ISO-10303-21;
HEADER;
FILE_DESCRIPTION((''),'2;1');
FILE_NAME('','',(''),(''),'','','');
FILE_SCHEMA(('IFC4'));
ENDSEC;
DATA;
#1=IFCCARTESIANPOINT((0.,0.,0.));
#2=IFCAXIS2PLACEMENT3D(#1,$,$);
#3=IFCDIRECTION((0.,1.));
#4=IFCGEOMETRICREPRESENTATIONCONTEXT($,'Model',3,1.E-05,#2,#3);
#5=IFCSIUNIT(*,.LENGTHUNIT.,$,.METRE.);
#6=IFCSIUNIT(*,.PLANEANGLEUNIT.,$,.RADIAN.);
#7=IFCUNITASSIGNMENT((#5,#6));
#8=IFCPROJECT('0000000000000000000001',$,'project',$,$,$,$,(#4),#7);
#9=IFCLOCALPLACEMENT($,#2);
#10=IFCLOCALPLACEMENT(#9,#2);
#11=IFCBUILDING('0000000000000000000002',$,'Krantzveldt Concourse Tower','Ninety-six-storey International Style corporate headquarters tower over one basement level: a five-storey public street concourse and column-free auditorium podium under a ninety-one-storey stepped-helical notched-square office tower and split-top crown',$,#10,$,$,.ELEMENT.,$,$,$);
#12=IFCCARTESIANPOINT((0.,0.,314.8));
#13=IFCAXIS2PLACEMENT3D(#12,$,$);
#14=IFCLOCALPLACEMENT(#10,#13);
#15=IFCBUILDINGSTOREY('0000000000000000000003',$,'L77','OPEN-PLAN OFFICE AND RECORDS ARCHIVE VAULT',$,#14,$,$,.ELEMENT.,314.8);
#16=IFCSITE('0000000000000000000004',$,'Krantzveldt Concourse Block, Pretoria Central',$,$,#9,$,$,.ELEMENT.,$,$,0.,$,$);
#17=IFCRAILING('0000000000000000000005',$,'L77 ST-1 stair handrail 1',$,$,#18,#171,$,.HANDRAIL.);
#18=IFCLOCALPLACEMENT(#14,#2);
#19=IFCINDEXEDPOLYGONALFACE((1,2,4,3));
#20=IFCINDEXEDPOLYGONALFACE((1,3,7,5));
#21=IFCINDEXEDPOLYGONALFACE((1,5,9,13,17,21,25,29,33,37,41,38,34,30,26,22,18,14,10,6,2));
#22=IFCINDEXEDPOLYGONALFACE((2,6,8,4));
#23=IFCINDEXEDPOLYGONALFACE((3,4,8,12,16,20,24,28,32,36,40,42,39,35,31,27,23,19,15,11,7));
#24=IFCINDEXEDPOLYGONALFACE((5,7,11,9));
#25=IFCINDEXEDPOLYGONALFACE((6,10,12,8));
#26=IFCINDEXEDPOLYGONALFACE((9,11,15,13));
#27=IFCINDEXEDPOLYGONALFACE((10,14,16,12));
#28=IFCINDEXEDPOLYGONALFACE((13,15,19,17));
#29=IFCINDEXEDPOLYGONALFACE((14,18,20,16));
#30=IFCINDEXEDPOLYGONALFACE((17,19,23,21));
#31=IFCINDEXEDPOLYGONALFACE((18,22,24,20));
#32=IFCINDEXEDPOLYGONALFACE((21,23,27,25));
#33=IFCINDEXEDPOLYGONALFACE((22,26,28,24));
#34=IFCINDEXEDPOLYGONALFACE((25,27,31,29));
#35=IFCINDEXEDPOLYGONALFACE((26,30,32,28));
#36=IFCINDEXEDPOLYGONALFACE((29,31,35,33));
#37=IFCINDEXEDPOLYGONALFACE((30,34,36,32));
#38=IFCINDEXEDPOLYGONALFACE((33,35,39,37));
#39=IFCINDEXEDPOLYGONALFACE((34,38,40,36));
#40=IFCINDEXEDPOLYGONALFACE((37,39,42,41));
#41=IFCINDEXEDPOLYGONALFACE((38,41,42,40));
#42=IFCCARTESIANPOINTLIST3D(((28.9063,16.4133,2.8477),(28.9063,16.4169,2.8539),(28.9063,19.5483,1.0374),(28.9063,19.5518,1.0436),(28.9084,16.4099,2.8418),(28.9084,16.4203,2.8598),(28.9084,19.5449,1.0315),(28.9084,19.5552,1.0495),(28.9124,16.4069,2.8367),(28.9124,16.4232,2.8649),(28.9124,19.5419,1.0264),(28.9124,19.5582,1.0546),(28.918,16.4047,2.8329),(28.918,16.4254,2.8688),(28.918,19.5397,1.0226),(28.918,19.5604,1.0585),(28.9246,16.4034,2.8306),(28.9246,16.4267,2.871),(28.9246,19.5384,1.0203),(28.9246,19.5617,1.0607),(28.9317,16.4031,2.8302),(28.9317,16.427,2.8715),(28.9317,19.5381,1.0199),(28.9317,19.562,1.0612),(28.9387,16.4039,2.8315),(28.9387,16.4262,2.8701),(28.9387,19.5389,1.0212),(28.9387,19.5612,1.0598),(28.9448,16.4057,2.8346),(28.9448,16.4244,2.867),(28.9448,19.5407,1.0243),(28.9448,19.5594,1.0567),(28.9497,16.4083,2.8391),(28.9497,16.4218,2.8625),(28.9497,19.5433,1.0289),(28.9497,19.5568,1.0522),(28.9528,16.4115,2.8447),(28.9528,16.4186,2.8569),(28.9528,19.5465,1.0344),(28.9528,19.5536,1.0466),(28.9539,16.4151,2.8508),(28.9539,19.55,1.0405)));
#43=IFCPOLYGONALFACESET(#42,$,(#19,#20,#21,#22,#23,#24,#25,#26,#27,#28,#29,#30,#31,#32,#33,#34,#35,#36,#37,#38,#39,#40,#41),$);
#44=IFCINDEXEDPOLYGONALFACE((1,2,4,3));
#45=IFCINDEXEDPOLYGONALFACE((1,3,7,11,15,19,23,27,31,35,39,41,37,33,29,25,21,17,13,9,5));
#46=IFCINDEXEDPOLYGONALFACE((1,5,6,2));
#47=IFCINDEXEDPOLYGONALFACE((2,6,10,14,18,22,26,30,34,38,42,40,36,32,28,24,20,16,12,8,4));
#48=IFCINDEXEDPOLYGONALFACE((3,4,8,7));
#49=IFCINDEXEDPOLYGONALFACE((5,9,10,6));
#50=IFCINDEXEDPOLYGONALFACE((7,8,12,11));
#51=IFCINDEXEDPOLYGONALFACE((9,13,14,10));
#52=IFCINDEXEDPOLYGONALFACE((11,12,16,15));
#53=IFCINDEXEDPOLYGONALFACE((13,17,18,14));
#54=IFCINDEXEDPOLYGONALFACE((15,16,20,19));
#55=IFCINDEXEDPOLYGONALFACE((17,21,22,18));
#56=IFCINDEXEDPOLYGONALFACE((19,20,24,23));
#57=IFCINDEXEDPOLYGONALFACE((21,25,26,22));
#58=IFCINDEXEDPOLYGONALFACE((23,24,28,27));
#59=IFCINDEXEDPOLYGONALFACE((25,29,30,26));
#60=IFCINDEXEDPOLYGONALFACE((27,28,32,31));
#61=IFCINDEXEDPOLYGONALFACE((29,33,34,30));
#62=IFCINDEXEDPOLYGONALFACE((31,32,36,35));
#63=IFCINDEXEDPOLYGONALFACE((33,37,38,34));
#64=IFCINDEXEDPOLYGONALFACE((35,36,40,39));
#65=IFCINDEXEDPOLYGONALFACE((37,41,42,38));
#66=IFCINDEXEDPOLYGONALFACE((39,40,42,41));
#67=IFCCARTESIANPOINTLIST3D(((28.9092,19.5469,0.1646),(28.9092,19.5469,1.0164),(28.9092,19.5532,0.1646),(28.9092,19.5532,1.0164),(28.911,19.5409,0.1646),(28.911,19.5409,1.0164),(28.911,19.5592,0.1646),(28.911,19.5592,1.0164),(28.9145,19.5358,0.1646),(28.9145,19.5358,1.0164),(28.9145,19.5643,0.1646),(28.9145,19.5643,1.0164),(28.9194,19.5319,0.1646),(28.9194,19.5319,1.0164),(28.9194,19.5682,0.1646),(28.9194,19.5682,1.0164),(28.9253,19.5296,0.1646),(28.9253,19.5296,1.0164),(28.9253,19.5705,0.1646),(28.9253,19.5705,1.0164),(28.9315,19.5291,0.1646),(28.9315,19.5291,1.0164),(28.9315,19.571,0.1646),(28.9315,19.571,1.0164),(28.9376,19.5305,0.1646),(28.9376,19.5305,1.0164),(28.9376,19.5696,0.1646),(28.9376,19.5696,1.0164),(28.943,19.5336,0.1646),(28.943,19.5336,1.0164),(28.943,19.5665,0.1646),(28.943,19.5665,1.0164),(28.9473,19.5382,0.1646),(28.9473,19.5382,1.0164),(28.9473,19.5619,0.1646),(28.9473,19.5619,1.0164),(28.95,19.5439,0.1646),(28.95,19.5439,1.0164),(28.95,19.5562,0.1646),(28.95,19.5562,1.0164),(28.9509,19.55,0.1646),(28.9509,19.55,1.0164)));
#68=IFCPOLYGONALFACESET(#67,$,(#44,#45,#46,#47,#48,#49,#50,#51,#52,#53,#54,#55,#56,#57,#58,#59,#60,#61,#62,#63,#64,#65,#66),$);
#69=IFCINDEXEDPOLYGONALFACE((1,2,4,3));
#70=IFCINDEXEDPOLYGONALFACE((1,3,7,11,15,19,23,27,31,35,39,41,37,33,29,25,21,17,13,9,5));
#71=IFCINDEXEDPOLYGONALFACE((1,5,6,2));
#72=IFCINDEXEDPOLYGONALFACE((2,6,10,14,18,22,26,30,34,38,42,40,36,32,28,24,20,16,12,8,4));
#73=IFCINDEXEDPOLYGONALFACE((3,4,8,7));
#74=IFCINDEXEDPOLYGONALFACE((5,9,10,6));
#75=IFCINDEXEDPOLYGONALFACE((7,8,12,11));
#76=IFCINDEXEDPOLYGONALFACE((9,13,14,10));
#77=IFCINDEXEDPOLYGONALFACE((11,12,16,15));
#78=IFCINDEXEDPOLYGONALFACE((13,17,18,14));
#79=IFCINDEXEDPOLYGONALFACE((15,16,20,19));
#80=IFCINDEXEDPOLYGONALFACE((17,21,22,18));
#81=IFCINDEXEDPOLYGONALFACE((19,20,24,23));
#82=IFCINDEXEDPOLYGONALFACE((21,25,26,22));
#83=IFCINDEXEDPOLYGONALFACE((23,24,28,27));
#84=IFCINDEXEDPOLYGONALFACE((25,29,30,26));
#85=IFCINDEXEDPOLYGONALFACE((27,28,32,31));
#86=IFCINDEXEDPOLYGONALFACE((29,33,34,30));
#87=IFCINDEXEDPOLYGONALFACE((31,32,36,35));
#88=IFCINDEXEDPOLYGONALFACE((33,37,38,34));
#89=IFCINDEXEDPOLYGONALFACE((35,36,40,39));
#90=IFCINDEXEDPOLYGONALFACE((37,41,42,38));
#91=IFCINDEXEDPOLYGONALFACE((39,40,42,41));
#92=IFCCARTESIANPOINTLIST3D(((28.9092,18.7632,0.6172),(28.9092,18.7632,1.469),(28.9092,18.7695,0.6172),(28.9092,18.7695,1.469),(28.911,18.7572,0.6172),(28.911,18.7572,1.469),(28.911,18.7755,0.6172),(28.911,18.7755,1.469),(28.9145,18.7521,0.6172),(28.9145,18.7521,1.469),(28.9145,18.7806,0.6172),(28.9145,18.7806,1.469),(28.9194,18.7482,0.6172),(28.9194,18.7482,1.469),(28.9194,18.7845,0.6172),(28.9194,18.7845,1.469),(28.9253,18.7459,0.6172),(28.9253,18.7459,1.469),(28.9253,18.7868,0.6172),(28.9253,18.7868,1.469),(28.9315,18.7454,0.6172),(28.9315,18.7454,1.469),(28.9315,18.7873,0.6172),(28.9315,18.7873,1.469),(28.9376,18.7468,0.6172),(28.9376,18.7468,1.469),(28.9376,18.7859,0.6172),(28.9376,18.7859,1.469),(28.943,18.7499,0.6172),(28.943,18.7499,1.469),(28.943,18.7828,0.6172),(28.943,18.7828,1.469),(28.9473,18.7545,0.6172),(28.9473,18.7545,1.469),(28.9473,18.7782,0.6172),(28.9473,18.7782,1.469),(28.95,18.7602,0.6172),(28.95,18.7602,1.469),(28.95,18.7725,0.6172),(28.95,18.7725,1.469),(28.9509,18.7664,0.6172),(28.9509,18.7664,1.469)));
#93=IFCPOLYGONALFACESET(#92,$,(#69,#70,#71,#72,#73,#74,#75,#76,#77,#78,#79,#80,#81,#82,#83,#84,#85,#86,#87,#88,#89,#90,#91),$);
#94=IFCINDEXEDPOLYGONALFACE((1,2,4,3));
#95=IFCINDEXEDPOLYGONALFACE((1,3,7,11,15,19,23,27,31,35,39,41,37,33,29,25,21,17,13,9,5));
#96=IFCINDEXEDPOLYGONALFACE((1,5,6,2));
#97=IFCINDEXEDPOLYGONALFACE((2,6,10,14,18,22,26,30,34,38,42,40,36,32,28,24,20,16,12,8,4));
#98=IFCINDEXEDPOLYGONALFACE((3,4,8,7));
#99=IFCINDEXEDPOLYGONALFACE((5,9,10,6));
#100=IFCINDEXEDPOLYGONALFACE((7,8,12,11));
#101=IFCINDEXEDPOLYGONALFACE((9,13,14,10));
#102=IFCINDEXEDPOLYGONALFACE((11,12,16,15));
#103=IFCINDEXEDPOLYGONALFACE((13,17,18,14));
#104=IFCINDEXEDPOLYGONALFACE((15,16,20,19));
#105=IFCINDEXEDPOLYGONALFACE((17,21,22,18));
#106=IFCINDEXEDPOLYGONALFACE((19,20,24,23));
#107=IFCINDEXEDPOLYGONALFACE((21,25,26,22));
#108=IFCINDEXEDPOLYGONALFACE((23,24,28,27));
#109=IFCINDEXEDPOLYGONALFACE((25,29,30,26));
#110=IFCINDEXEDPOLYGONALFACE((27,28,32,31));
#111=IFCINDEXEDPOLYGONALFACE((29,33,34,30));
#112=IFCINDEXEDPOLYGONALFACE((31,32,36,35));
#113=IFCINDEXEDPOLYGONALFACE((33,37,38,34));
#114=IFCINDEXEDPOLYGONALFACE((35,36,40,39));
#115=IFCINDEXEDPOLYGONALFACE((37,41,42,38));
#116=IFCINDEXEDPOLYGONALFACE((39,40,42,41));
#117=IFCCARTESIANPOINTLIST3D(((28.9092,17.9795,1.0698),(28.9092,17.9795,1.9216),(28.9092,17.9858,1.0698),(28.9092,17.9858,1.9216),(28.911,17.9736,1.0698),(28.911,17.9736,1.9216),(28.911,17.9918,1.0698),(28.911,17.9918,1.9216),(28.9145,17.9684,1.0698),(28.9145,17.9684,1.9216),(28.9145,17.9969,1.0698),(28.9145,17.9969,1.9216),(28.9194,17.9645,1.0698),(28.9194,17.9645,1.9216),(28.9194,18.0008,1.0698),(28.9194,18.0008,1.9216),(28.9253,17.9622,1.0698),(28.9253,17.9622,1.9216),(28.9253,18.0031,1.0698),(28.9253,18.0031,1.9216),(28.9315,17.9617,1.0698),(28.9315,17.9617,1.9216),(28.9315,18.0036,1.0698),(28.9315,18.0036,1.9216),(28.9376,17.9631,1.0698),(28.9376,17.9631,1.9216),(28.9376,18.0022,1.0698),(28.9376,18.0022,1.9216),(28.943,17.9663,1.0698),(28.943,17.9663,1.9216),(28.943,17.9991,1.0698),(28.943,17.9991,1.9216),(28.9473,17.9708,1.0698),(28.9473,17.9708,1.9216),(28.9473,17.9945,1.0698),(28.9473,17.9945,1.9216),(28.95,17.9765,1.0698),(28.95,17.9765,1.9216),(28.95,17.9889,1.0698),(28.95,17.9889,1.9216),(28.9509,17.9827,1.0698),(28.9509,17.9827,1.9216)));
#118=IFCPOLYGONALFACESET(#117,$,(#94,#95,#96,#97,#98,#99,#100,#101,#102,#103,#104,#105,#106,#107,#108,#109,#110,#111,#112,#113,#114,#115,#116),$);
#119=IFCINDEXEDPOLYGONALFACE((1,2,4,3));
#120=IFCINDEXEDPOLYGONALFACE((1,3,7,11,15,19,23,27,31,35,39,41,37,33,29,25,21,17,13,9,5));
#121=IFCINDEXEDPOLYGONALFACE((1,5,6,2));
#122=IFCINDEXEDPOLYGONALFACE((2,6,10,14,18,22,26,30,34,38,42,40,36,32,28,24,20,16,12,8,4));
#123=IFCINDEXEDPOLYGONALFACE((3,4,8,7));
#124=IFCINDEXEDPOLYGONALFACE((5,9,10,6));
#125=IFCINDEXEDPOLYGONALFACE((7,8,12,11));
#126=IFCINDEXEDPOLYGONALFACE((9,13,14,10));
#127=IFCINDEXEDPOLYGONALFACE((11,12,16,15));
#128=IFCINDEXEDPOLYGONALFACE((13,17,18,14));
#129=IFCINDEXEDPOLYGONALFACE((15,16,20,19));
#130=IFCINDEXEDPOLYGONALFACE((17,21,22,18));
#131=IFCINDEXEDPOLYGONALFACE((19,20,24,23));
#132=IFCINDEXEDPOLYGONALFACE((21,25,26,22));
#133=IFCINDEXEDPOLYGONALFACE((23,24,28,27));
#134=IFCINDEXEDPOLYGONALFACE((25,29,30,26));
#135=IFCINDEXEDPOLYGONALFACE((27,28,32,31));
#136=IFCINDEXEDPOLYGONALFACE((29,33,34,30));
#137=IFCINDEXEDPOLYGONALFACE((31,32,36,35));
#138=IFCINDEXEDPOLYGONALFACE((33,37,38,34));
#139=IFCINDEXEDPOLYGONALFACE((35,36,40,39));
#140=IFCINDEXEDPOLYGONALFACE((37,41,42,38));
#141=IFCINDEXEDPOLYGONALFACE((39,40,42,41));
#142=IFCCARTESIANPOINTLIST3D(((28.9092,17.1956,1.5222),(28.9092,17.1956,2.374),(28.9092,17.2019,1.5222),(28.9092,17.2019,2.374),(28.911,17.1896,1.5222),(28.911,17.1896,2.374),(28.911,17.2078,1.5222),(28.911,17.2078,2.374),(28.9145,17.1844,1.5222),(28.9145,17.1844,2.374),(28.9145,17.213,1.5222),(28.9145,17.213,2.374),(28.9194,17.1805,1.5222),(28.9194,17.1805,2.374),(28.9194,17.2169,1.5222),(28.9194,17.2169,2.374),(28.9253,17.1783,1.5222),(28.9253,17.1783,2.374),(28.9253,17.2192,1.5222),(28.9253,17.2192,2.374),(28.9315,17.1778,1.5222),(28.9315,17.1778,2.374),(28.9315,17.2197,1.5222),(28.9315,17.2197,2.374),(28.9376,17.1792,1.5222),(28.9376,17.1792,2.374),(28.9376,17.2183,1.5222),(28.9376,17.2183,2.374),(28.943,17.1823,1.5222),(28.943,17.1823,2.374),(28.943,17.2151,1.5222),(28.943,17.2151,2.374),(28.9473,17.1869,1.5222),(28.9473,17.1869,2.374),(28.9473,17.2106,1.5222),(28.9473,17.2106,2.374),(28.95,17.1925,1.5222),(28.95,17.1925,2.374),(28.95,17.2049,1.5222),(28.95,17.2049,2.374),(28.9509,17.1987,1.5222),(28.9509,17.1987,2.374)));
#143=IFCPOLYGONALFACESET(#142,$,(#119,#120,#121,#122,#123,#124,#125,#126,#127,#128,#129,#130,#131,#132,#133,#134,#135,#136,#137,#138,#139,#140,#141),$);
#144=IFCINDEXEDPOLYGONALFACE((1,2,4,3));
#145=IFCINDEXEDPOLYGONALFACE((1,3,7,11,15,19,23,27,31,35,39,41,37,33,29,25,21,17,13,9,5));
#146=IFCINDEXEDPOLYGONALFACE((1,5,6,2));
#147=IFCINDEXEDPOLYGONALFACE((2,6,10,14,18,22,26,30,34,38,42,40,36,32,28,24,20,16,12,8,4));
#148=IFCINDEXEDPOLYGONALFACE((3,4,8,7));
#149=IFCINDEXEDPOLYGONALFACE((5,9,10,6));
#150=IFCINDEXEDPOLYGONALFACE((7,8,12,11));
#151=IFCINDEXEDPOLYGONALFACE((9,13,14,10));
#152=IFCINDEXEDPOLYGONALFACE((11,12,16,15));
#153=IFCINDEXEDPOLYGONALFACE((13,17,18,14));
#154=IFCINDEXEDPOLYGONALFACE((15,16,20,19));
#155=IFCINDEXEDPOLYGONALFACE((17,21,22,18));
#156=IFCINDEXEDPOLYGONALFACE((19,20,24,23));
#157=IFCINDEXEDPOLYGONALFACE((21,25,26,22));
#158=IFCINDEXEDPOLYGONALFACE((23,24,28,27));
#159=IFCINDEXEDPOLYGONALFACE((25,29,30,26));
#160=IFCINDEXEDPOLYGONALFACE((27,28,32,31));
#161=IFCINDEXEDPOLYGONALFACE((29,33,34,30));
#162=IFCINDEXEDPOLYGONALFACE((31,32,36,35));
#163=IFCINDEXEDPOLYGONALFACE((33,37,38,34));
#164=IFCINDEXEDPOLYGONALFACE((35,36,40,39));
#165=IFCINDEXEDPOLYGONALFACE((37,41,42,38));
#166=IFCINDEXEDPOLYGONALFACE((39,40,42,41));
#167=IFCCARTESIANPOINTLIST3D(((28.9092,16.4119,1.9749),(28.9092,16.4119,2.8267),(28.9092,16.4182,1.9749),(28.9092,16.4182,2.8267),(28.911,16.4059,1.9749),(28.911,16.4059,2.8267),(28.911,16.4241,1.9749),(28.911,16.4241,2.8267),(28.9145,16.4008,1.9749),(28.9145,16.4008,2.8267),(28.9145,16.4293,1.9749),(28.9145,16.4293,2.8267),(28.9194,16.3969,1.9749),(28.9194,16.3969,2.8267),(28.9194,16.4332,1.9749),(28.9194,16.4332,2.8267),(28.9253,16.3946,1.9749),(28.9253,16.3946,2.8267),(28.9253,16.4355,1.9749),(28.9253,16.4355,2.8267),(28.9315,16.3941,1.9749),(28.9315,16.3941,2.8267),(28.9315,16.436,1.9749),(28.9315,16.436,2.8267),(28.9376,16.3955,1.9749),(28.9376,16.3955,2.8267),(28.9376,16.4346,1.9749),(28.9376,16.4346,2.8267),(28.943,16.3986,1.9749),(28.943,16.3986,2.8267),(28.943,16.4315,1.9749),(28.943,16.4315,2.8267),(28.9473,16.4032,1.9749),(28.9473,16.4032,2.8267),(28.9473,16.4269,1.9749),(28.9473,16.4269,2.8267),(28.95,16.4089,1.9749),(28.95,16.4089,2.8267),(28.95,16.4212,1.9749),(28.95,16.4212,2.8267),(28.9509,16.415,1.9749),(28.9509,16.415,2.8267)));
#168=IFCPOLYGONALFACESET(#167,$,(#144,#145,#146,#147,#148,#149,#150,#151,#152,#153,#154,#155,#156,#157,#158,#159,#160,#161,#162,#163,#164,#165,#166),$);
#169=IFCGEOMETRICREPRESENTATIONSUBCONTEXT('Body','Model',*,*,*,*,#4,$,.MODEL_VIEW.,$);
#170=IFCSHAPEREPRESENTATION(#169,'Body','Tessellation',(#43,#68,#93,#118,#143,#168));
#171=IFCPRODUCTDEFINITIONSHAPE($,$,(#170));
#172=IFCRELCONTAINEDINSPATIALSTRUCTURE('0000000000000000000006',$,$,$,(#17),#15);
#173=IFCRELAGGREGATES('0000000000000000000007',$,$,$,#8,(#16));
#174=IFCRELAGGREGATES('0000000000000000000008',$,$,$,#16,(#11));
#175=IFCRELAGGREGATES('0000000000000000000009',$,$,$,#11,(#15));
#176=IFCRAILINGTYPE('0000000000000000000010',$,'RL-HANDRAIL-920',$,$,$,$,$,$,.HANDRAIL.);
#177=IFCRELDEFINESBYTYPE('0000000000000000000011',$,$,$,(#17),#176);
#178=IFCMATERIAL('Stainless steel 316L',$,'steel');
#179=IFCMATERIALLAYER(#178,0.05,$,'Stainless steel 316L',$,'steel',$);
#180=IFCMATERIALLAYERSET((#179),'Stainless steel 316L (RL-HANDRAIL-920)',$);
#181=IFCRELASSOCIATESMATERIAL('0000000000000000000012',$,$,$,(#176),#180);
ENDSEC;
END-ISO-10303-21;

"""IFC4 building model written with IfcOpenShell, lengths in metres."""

from ifc_helpers import new_model, si_unit, direction, frame, origin, origin_2d, place, context, subcontext, project, spatial, circle, extrude, material, layer, layer_set, type_object, element, save


model = new_model("IFC4")

# Units and contexts
model_context = context("Model", 3, precision=1e-05, world=origin(), true_north=direction((0.0, 1.0)))
body_context = subcontext(model_context, "Body", "Model", "MODEL_VIEW")
ifc_project = project(units=[si_unit("LENGTHUNIT", "METRE"), si_unit("PLANEANGLEUNIT", "RADIAN")], contexts=[model_context])

# Site, building, storey
site_placement = place(None, origin())
site = spatial("IfcSite", under=ifc_project, at=site_placement, Name="Krantzveldt Concourse Block, Pretoria Central", CompositionType="ELEMENT", RefElevation=0.0)
building_placement = place(site_placement, origin())
building = spatial("IfcBuilding", under=site, at=building_placement, Name="Krantzveldt Concourse Tower", Description="Ninety-six-storey International Style corporate headquarters tower over one basement level: a five-storey public street concourse and column-free auditorium podium under a ninety-one-storey stepped-helical notched-square office tower and split-top crown", CompositionType="ELEMENT")
storey_placement = place(building_placement, frame((0.0, 0.0, 314.8)))
storey = spatial("IfcBuildingStorey", under=building, at=storey_placement, Name="L77", Description="OPEN-PLAN OFFICE AND RECORDS ARCHIVE VAULT", CompositionType="ELEMENT", Elevation=314.8)

# Shared definitions
ifc_material_1 = material(Name="Stainless steel 316L", Category="steel")

# Railing
ifc_layer_1 = layer(ifc_material_1, 0.05, Name="Stainless steel 316L", Category="steel")
ifc_layer_set_1 = layer_set([ifc_layer_1], Name="Stainless steel 316L (RL-HANDRAIL-920)")
railing_type_1 = type_object("IfcRailingType", Name="RL-HANDRAIL-920", PredefinedType="HANDRAIL", material=ifc_layer_set_1)
railing_1_placement = place(storey_placement, frame((28.9299, 19.55, 0.1646)))
element("IfcRailing", 1, at=railing_1_placement, inside=storey, type_object=railing_type_1, Name="L77 ST-1 stair handrail 1", PredefinedType="HANDRAIL", context=body_context, shape_type="SweptSolid", body=[
    extrude(circle(Radius=0.0239, at=origin_2d()), frame((0.0, 0.0, 0.876), z_axis=(0.0, -0.865989, 0.500063), x_axis=(1.0, 0.0, 0.0)), (0.0, 0.0, 1.0), 3.6201),
    extrude(circle(Radius=0.021, at=origin_2d()), origin(), (0.0, 0.0, 1.0), 0.8518),
    extrude(circle(Radius=0.021, at=origin_2d()), frame((0.0, -0.7837, 0.4526)), (0.0, 0.0, 1.0), 0.8518),
    extrude(circle(Radius=0.021, at=origin_2d()), frame((0.0, -1.5674, 0.9053)), (0.0, 0.0, 1.0), 0.8518),
    extrude(circle(Radius=0.021, at=origin_2d()), frame((0.0, -2.3513, 1.3577)), (0.0, 0.0, 1.0), 0.8518),
    extrude(circle(Radius=0.021, at=origin_2d()), frame((0.0, -3.135, 1.8103)), (0.0, 0.0, 1.0), 0.8518),
])

save(model, "model.ifc")
